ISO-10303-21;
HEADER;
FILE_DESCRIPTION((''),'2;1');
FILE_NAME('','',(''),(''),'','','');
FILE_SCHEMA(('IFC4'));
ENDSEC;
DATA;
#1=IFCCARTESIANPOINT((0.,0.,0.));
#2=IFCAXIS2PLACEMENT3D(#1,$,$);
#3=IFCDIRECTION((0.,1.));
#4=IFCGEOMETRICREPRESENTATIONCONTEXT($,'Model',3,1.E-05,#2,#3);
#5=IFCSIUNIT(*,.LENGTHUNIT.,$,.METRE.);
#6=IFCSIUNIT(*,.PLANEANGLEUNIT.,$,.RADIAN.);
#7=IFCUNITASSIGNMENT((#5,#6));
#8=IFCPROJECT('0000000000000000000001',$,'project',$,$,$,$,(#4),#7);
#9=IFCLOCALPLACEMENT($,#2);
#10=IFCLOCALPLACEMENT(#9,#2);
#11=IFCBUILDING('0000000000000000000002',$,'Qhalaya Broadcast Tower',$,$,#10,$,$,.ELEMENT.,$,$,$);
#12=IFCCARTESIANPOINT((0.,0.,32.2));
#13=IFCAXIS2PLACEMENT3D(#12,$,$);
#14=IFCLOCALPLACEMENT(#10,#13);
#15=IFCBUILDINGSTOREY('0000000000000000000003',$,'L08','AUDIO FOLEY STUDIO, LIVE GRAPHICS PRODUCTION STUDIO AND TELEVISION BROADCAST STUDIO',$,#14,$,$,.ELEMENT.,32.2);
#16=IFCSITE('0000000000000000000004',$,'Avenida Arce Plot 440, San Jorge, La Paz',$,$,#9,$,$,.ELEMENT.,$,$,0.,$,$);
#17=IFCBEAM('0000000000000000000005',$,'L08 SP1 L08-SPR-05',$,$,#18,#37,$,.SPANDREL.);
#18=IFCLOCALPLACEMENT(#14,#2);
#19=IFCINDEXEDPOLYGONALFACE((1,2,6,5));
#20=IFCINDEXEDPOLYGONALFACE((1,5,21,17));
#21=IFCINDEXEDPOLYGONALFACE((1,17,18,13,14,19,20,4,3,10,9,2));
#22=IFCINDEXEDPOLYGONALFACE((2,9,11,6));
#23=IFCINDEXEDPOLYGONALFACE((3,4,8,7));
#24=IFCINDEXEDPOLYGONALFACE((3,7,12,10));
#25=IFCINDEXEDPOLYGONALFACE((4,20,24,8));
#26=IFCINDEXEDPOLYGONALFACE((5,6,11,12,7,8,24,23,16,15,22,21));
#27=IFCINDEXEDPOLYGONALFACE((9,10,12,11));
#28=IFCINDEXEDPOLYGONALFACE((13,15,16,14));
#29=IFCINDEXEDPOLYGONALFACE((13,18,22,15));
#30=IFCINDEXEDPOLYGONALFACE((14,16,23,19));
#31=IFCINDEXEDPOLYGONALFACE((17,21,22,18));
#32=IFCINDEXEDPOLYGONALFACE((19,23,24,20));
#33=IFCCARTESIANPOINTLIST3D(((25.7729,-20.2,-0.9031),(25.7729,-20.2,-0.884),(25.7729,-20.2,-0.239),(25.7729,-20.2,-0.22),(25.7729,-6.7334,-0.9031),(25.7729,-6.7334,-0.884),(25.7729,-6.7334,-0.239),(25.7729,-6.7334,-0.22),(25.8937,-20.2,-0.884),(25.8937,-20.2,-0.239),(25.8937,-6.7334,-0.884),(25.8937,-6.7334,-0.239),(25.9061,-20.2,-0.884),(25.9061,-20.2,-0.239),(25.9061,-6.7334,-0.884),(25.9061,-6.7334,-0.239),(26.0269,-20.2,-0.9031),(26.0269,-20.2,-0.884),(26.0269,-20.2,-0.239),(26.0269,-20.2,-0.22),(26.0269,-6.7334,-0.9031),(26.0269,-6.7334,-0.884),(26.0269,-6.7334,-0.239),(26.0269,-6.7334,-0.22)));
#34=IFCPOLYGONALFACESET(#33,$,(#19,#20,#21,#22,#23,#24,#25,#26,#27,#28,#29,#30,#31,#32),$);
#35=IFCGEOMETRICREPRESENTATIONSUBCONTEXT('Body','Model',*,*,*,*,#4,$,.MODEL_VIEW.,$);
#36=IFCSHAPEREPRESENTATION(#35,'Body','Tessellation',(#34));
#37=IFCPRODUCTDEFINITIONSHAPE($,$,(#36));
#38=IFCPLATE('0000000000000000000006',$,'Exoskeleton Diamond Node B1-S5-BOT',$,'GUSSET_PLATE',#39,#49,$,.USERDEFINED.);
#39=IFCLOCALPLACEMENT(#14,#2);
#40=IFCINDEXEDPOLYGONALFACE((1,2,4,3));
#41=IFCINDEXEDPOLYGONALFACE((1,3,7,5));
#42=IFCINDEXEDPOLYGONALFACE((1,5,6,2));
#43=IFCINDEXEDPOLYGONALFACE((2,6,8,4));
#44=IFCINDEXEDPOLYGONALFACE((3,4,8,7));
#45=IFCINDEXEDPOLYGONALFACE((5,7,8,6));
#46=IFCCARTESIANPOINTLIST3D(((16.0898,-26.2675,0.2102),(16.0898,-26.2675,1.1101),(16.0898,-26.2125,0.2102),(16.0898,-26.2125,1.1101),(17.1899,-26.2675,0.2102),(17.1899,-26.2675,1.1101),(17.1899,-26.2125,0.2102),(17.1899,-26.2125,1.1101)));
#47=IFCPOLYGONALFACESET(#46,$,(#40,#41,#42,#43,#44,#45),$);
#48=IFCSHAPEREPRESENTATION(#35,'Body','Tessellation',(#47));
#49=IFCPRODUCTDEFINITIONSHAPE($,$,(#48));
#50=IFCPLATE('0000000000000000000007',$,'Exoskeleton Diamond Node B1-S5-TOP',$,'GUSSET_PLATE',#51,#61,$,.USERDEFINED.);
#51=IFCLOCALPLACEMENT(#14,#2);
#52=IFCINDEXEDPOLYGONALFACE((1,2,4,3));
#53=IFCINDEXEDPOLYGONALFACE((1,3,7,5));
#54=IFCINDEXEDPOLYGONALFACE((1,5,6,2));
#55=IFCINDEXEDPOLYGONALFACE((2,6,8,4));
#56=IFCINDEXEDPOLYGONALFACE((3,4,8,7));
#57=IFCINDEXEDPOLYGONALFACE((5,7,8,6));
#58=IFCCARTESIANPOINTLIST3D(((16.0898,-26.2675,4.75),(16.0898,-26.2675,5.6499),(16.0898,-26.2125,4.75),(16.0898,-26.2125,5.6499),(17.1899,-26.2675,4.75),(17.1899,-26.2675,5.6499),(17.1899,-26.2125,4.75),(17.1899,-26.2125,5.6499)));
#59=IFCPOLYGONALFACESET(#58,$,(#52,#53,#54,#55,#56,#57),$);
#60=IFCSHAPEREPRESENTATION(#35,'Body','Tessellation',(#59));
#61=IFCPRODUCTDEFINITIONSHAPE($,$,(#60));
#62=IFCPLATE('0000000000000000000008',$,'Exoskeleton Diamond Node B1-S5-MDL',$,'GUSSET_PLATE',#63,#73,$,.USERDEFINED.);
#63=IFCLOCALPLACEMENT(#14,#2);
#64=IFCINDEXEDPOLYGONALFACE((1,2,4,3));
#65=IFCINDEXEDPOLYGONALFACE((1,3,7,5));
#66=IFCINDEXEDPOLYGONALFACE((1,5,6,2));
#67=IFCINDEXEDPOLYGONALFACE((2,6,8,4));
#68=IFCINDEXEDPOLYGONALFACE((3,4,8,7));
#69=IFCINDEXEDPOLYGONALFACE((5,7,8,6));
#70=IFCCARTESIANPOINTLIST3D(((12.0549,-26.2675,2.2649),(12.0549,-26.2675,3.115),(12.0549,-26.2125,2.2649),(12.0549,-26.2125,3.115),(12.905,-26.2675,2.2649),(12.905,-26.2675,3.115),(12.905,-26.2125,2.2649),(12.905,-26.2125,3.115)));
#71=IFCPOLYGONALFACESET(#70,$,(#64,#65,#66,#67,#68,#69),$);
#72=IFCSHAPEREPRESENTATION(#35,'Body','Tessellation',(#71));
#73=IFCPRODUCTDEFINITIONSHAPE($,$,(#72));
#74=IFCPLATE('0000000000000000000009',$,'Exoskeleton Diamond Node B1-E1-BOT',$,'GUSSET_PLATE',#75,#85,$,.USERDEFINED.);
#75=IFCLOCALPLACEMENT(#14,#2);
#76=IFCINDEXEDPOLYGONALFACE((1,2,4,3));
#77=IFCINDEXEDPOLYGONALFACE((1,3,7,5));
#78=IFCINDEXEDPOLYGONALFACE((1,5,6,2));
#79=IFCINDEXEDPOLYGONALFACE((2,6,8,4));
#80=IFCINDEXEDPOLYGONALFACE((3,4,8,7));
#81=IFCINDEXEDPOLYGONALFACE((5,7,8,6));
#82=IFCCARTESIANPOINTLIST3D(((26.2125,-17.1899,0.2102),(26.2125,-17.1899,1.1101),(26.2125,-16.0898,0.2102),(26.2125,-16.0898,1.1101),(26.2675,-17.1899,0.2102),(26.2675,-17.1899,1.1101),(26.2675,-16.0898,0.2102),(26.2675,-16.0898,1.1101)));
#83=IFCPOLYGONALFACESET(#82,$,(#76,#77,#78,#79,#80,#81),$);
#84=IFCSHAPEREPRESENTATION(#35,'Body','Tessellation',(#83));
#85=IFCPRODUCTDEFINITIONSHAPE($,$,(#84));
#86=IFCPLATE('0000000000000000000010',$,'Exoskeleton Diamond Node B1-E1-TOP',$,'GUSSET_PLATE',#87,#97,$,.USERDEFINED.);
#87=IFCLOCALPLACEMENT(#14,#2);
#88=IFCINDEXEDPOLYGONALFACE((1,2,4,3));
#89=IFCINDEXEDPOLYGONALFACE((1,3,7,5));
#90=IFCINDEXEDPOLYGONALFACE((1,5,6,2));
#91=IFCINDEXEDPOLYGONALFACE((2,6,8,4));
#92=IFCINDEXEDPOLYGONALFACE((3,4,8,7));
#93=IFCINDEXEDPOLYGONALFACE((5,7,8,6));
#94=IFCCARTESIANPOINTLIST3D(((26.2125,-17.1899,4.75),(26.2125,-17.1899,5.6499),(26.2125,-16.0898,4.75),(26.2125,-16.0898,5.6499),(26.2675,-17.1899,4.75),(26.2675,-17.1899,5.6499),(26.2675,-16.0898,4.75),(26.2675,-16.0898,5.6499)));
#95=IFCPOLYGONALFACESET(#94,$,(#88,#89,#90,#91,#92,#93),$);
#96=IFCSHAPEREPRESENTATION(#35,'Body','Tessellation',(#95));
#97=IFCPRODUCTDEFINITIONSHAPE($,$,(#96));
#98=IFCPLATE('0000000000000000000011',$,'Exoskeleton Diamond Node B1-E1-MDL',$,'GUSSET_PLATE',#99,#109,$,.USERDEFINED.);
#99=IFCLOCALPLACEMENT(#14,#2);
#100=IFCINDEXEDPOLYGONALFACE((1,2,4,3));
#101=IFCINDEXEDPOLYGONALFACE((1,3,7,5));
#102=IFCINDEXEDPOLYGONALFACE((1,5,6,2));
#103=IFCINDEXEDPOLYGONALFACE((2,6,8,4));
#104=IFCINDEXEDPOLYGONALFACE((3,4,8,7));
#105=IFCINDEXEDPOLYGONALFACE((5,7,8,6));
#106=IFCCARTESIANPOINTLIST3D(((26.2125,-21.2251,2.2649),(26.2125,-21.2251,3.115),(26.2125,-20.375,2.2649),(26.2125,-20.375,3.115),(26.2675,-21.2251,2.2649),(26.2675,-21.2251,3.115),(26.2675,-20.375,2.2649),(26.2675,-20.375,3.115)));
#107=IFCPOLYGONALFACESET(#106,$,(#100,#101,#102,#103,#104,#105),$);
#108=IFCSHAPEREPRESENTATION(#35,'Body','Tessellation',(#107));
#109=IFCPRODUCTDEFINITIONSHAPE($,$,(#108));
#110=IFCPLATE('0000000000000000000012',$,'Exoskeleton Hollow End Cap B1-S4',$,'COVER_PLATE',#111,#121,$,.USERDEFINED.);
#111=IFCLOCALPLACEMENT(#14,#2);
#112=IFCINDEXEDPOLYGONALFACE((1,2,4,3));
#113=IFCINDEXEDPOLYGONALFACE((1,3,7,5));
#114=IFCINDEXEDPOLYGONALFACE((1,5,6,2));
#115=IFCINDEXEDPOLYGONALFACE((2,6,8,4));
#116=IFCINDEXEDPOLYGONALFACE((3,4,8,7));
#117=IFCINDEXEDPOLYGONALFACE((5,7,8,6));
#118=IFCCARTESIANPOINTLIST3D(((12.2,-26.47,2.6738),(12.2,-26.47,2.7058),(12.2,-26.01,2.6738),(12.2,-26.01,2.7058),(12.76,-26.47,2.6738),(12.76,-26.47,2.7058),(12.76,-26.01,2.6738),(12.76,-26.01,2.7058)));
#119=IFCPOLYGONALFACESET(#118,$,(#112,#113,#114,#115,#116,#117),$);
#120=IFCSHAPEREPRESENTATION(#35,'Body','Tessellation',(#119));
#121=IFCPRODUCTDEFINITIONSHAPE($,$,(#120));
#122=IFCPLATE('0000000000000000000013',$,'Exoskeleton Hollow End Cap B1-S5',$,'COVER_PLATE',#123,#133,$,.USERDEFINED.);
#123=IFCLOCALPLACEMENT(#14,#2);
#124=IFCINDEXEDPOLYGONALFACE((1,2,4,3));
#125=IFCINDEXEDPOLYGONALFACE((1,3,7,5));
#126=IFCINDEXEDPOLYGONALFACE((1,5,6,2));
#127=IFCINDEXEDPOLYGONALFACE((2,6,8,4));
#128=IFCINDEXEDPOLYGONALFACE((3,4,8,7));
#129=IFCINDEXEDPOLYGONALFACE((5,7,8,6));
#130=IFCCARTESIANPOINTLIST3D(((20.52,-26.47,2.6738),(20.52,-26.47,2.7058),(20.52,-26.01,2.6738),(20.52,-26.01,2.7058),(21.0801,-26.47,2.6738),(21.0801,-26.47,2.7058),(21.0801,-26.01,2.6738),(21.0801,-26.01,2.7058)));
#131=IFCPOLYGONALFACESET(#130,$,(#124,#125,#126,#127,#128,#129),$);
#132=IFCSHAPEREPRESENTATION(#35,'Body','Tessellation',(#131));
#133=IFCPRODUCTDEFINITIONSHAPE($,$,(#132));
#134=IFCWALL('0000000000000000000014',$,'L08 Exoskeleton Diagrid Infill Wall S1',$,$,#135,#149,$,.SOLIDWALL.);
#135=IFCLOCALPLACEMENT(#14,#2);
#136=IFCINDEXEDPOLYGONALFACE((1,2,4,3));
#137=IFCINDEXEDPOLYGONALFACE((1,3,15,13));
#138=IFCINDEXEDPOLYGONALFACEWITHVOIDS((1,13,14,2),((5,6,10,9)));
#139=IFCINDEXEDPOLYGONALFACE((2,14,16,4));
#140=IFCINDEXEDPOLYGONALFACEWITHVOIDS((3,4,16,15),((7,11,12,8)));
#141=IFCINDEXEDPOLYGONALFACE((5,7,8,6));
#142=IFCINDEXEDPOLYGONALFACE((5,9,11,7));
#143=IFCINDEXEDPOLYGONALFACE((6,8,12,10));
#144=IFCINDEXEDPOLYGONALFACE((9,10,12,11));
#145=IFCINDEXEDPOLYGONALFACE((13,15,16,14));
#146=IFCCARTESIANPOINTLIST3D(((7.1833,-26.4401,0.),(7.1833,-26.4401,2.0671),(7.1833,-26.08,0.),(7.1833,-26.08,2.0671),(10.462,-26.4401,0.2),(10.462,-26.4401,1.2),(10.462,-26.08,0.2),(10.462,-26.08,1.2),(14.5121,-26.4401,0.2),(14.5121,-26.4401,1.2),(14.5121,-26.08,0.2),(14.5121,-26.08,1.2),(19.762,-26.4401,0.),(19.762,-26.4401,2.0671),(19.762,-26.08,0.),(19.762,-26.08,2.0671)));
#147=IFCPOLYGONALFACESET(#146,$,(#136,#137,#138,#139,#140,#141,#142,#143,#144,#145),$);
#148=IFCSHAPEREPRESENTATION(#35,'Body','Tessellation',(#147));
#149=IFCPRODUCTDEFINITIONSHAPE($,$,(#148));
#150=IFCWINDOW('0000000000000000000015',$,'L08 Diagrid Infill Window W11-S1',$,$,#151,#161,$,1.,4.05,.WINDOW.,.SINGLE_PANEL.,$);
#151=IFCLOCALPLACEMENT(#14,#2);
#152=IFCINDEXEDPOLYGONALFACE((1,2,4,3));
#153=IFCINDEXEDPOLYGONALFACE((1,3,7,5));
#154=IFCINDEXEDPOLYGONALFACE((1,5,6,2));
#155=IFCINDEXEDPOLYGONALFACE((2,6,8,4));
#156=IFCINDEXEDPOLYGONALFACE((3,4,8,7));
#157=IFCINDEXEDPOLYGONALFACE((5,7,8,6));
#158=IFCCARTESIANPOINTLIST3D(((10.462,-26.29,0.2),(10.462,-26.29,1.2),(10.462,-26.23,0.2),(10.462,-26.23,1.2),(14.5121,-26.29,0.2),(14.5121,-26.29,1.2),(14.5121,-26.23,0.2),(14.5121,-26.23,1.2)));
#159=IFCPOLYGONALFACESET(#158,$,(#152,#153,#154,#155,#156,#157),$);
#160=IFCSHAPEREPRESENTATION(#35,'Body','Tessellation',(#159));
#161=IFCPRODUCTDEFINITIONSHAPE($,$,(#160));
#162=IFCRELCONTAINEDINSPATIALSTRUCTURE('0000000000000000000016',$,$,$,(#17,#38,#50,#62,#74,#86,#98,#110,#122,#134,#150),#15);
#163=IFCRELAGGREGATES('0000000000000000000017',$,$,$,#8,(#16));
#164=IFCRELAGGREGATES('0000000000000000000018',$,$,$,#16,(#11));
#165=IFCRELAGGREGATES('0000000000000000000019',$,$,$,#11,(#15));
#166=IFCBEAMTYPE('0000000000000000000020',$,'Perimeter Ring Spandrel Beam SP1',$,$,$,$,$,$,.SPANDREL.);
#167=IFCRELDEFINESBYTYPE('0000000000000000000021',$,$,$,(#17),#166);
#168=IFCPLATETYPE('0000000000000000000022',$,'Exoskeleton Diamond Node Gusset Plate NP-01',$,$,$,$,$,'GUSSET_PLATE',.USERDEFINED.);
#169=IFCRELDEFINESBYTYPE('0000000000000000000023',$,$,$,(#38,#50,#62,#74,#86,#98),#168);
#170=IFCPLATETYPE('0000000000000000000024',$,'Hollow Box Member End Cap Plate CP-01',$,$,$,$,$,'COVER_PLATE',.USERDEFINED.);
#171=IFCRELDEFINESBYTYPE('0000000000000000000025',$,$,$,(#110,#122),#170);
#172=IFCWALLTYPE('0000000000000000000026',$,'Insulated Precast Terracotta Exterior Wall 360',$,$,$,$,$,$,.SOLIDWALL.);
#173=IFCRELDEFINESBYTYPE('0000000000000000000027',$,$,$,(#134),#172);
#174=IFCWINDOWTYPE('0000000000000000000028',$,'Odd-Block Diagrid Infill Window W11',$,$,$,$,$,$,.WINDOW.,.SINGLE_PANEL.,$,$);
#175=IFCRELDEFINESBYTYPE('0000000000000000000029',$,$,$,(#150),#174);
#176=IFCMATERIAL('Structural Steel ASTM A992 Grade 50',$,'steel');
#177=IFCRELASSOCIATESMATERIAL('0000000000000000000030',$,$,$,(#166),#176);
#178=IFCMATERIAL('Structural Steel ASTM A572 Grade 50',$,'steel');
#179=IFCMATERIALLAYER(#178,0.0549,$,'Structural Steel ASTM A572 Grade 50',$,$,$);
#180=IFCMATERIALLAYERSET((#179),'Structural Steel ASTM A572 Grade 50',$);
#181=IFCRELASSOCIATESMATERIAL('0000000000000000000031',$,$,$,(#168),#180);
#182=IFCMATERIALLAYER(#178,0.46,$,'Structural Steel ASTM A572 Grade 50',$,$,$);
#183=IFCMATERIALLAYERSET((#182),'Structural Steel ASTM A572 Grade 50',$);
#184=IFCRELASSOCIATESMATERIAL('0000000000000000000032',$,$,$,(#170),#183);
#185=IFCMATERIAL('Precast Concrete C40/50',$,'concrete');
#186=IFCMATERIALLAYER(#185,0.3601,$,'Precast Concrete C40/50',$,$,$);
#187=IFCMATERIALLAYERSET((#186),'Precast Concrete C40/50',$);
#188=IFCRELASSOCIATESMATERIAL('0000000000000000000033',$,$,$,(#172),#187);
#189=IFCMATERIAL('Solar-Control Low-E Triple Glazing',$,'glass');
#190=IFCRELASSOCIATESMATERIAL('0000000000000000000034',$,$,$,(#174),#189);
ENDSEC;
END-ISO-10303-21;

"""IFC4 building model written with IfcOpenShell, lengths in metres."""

from ifc_helpers import new_model, si_unit, direction, frame, frame_2d, origin, origin_2d, place, context, subcontext, project, spatial, rectangle, i_section, extrude, material, layer, layer_set, material_profile, profile_set, type_object, element, fill, save


model = new_model("IFC4")

# Units and contexts
model_context = context("Model", 3, precision=1e-05, world=origin(), true_north=direction((0.0, 1.0)))
body_context = subcontext(model_context, "Body", "Model", "MODEL_VIEW")
ifc_project = project(units=[si_unit("LENGTHUNIT", "METRE"), si_unit("PLANEANGLEUNIT", "RADIAN")], contexts=[model_context])

# Site, building, storey
site_placement = place(None, origin())
site = spatial("IfcSite", under=ifc_project, at=site_placement, Name="Avenida Arce Plot 440, San Jorge, La Paz", CompositionType="ELEMENT", RefElevation=0.0)
building_placement = place(site_placement, origin())
building = spatial("IfcBuilding", under=site, at=building_placement, Name="Qhalaya Broadcast Tower", CompositionType="ELEMENT")
storey_placement = place(building_placement, frame((0.0, 0.0, 32.2)))
storey = spatial("IfcBuildingStorey", under=building, at=storey_placement, Name="L08", Description="AUDIO FOLEY STUDIO, LIVE GRAPHICS PRODUCTION STUDIO AND TELEVISION BROADCAST STUDIO", CompositionType="ELEMENT", Elevation=32.2)

# Shared definitions
ifc_material_1 = material(Name="Structural Steel ASTM A572 Grade 50", Category="steel")

# Beam
ifc_material_2 = material(Name="Structural Steel ASTM A992 Grade 50", Category="steel")
ifc_material_profile_1 = material_profile(ifc_material_2, i_section(OverallWidth=0.2539, OverallDepth=0.6831, WebThickness=0.0125, FlangeThickness=0.019, at=origin_2d()), Name="W27X94")
ifc_profile_set_1 = profile_set([ifc_material_profile_1], Name="Structural Steel ASTM A992 Grade 50")
beam_type = type_object("IfcBeamType", Name="Perimeter Ring Spandrel Beam SP1", PredefinedType="SPANDREL", material=ifc_profile_set_1)
beam_1_placement = place(storey_placement, frame((25.8999, -20.2, -0.5615), z_axis=(0.0, 1.0, 0.0), x_axis=(-1.0, 0.0, 0.0)))
element("IfcBeam", 1, at=beam_1_placement, inside=storey, type_object=beam_type, Name="L08 SP1 L08-SPR-05", PredefinedType="SPANDREL", context=body_context, shape_type="SweptSolid", body=[
    extrude(i_section(OverallWidth=0.2539, OverallDepth=0.6831, WebThickness=0.0125, FlangeThickness=0.019, at=origin_2d()), origin(), (0.0, 0.0, 1.0), 13.4666),
])

# Plates
ifc_layer_1 = layer(ifc_material_1, 0.0549, Name="Structural Steel ASTM A572 Grade 50")
ifc_layer_set_1 = layer_set([ifc_layer_1], Name="Structural Steel ASTM A572 Grade 50")
plate_type_1 = type_object("IfcPlateType", Name="Exoskeleton Diamond Node Gusset Plate NP-01", ElementType="GUSSET_PLATE", PredefinedType="USERDEFINED", material=ifc_layer_set_1)
for number, where, z_axis, x_axis, name in (
    (2, (16.6399, -26.24, 0.2102), (0.0, 0.0, 1.0), (1.0, 0.0, 0.0), "Exoskeleton Diamond Node B1-S5-BOT"),
    (3, (16.6399, -26.24, 4.75), (0.0, 0.0, 1.0), (1.0, 0.0, 0.0), "Exoskeleton Diamond Node B1-S5-TOP"),
):
    element("IfcPlate", number, at=place(storey_placement, frame(where, z_axis=z_axis, x_axis=x_axis)), inside=storey, type_object=plate_type_1, Name=name, ObjectType="GUSSET_PLATE", PredefinedType="USERDEFINED", context=body_context, shape_type="SweptSolid", body=[
        extrude(rectangle(XDim=1.1001, YDim=0.0549, at=origin_2d()), origin(), (0.0, 0.0, 1.0), 0.8999),
    ])
plate_1_placement = place(storey_placement, frame((12.48, -26.24, 2.2649), z_axis=(0.0, 0.0, 1.0), x_axis=(1.0, 0.0, 0.0)))
element("IfcPlate", 4, at=plate_1_placement, inside=storey, type_object=plate_type_1, Name="Exoskeleton Diamond Node B1-S5-MDL", ObjectType="GUSSET_PLATE", PredefinedType="USERDEFINED", context=body_context, shape_type="SweptSolid", body=[
    extrude(rectangle(XDim=0.8501, YDim=0.0549, at=origin_2d()), origin(), (0.0, 0.0, 1.0), 0.8501),
])
for number, where, z_axis, x_axis, name in (
    (5, (26.24, -16.6399, 0.2102), (0.0, 0.0, 1.0), (0.0, 1.0, 0.0), "Exoskeleton Diamond Node B1-E1-BOT"),
    (6, (26.24, -16.6399, 4.75), (0.0, 0.0, 1.0), (0.0, 1.0, 0.0), "Exoskeleton Diamond Node B1-E1-TOP"),
):
    element("IfcPlate", number, at=place(storey_placement, frame(where, z_axis=z_axis, x_axis=x_axis)), inside=storey, type_object=plate_type_1, Name=name, ObjectType="GUSSET_PLATE", PredefinedType="USERDEFINED", context=body_context, shape_type="SweptSolid", body=[
        extrude(rectangle(XDim=1.1001, YDim=0.0549, at=origin_2d()), origin(), (0.0, 0.0, 1.0), 0.8999),
    ])
plate_2_placement = place(storey_placement, frame((26.24, -20.8, 2.2649), z_axis=(0.0, 0.0, 1.0), x_axis=(0.0, 1.0, 0.0)))
element("IfcPlate", 7, at=plate_2_placement, inside=storey, type_object=plate_type_1, Name="Exoskeleton Diamond Node B1-E1-MDL", ObjectType="GUSSET_PLATE", PredefinedType="USERDEFINED", context=body_context, shape_type="SweptSolid", body=[
    extrude(rectangle(XDim=0.8501, YDim=0.0549, at=origin_2d()), origin(), (0.0, 0.0, 1.0), 0.8501),
])
ifc_layer_2 = layer(ifc_material_1, 0.46, Name="Structural Steel ASTM A572 Grade 50")
ifc_layer_set_2 = layer_set([ifc_layer_2], Name="Structural Steel ASTM A572 Grade 50")
plate_type_2 = type_object("IfcPlateType", Name="Hollow Box Member End Cap Plate CP-01", ElementType="COVER_PLATE", PredefinedType="USERDEFINED", material=ifc_layer_set_2)
for number, where, z_axis, x_axis, name in (
    (8, (12.48, -26.24, 2.6738), (0.0, 0.0, 1.0), (1.0, 0.0, 0.0), "Exoskeleton Hollow End Cap B1-S4"),
    (9, (20.8, -26.24, 2.6738), (0.0, 0.0, 1.0), (1.0, 0.0, 0.0), "Exoskeleton Hollow End Cap B1-S5"),
):
    element("IfcPlate", number, at=place(storey_placement, frame(where, z_axis=z_axis, x_axis=x_axis)), inside=storey, type_object=plate_type_2, Name=name, ObjectType="COVER_PLATE", PredefinedType="USERDEFINED", context=body_context, shape_type="SweptSolid", body=[
        extrude(rectangle(XDim=0.5601, YDim=0.46, at=origin_2d()), origin(), (0.0, 0.0, 1.0), 0.032),
    ])

# Wall, opening, window
ifc_material_3 = material(Name="Precast Concrete C40/50", Category="concrete")
ifc_layer_3 = layer(ifc_material_3, 0.3601, Name="Precast Concrete C40/50")
ifc_layer_set_3 = layer_set([ifc_layer_3], Name="Precast Concrete C40/50")
wall_type = type_object("IfcWallType", Name="Insulated Precast Terracotta Exterior Wall 360", PredefinedType="SOLIDWALL", material=ifc_layer_set_3)
wall_placement = place(storey_placement, frame((19.762, -26.26, 0.0), z_axis=(0.0, 0.0, 1.0), x_axis=(-1.0, 0.0, 0.0)))
wall = element("IfcWall", 10, at=wall_placement, inside=storey, type_object=wall_type, Name="L08 Exoskeleton Diagrid Infill Wall S1", PredefinedType="SOLIDWALL", context=body_context, shape_type="SweptSolid", body=[
    extrude(rectangle(XDim=12.5786, YDim=0.3601, at=frame_2d((6.2893, 0.0))), origin(), (0.0, 0.0, 1.0), 2.0671),
])
opening_placement = place(wall_placement, frame((5.25, 0.0, 0.2)))
opening = element("IfcOpeningElement", 11, at=opening_placement, cuts=wall, PredefinedType="OPENING", context=body_context, shape_type="SweptSolid", body=[
    extrude(rectangle(XDim=4.05, YDim=1.0, at=frame_2d((2.0249, 0.5))), frame((0.0, 0.1921, 0.0), z_axis=(0.0, -1.0, 0.0), x_axis=(1.0, 0.0, 0.0)), (0.0, 0.0, 1.0), 0.384),
])
ifc_material_4 = material(Name="Solar-Control Low-E Triple Glazing", Category="glass")
window_type = type_object("IfcWindowType", Name="Odd-Block Diagrid Infill Window W11", PartitioningType="SINGLE_PANEL", PredefinedType="WINDOW", material=ifc_material_4)
window_placement = place(opening_placement, origin())
window = element("IfcWindow", 12, at=window_placement, inside=storey, type_object=window_type, Name="L08 Diagrid Infill Window W11-S1", OverallHeight=1.0, OverallWidth=4.05, PartitioningType="SINGLE_PANEL", PredefinedType="WINDOW", context=body_context, shape_type="SweptSolid", body=[
    extrude(rectangle(XDim=4.05, YDim=1.0, at=frame_2d((2.0249, 0.5))), frame((0.0, 0.03, 0.0), z_axis=(0.0, -1.0, 0.0), x_axis=(1.0, 0.0, 0.0)), (0.0, 0.0, 1.0), 0.0601),
])
fill(opening, window)

save(model, "model.ifc")
